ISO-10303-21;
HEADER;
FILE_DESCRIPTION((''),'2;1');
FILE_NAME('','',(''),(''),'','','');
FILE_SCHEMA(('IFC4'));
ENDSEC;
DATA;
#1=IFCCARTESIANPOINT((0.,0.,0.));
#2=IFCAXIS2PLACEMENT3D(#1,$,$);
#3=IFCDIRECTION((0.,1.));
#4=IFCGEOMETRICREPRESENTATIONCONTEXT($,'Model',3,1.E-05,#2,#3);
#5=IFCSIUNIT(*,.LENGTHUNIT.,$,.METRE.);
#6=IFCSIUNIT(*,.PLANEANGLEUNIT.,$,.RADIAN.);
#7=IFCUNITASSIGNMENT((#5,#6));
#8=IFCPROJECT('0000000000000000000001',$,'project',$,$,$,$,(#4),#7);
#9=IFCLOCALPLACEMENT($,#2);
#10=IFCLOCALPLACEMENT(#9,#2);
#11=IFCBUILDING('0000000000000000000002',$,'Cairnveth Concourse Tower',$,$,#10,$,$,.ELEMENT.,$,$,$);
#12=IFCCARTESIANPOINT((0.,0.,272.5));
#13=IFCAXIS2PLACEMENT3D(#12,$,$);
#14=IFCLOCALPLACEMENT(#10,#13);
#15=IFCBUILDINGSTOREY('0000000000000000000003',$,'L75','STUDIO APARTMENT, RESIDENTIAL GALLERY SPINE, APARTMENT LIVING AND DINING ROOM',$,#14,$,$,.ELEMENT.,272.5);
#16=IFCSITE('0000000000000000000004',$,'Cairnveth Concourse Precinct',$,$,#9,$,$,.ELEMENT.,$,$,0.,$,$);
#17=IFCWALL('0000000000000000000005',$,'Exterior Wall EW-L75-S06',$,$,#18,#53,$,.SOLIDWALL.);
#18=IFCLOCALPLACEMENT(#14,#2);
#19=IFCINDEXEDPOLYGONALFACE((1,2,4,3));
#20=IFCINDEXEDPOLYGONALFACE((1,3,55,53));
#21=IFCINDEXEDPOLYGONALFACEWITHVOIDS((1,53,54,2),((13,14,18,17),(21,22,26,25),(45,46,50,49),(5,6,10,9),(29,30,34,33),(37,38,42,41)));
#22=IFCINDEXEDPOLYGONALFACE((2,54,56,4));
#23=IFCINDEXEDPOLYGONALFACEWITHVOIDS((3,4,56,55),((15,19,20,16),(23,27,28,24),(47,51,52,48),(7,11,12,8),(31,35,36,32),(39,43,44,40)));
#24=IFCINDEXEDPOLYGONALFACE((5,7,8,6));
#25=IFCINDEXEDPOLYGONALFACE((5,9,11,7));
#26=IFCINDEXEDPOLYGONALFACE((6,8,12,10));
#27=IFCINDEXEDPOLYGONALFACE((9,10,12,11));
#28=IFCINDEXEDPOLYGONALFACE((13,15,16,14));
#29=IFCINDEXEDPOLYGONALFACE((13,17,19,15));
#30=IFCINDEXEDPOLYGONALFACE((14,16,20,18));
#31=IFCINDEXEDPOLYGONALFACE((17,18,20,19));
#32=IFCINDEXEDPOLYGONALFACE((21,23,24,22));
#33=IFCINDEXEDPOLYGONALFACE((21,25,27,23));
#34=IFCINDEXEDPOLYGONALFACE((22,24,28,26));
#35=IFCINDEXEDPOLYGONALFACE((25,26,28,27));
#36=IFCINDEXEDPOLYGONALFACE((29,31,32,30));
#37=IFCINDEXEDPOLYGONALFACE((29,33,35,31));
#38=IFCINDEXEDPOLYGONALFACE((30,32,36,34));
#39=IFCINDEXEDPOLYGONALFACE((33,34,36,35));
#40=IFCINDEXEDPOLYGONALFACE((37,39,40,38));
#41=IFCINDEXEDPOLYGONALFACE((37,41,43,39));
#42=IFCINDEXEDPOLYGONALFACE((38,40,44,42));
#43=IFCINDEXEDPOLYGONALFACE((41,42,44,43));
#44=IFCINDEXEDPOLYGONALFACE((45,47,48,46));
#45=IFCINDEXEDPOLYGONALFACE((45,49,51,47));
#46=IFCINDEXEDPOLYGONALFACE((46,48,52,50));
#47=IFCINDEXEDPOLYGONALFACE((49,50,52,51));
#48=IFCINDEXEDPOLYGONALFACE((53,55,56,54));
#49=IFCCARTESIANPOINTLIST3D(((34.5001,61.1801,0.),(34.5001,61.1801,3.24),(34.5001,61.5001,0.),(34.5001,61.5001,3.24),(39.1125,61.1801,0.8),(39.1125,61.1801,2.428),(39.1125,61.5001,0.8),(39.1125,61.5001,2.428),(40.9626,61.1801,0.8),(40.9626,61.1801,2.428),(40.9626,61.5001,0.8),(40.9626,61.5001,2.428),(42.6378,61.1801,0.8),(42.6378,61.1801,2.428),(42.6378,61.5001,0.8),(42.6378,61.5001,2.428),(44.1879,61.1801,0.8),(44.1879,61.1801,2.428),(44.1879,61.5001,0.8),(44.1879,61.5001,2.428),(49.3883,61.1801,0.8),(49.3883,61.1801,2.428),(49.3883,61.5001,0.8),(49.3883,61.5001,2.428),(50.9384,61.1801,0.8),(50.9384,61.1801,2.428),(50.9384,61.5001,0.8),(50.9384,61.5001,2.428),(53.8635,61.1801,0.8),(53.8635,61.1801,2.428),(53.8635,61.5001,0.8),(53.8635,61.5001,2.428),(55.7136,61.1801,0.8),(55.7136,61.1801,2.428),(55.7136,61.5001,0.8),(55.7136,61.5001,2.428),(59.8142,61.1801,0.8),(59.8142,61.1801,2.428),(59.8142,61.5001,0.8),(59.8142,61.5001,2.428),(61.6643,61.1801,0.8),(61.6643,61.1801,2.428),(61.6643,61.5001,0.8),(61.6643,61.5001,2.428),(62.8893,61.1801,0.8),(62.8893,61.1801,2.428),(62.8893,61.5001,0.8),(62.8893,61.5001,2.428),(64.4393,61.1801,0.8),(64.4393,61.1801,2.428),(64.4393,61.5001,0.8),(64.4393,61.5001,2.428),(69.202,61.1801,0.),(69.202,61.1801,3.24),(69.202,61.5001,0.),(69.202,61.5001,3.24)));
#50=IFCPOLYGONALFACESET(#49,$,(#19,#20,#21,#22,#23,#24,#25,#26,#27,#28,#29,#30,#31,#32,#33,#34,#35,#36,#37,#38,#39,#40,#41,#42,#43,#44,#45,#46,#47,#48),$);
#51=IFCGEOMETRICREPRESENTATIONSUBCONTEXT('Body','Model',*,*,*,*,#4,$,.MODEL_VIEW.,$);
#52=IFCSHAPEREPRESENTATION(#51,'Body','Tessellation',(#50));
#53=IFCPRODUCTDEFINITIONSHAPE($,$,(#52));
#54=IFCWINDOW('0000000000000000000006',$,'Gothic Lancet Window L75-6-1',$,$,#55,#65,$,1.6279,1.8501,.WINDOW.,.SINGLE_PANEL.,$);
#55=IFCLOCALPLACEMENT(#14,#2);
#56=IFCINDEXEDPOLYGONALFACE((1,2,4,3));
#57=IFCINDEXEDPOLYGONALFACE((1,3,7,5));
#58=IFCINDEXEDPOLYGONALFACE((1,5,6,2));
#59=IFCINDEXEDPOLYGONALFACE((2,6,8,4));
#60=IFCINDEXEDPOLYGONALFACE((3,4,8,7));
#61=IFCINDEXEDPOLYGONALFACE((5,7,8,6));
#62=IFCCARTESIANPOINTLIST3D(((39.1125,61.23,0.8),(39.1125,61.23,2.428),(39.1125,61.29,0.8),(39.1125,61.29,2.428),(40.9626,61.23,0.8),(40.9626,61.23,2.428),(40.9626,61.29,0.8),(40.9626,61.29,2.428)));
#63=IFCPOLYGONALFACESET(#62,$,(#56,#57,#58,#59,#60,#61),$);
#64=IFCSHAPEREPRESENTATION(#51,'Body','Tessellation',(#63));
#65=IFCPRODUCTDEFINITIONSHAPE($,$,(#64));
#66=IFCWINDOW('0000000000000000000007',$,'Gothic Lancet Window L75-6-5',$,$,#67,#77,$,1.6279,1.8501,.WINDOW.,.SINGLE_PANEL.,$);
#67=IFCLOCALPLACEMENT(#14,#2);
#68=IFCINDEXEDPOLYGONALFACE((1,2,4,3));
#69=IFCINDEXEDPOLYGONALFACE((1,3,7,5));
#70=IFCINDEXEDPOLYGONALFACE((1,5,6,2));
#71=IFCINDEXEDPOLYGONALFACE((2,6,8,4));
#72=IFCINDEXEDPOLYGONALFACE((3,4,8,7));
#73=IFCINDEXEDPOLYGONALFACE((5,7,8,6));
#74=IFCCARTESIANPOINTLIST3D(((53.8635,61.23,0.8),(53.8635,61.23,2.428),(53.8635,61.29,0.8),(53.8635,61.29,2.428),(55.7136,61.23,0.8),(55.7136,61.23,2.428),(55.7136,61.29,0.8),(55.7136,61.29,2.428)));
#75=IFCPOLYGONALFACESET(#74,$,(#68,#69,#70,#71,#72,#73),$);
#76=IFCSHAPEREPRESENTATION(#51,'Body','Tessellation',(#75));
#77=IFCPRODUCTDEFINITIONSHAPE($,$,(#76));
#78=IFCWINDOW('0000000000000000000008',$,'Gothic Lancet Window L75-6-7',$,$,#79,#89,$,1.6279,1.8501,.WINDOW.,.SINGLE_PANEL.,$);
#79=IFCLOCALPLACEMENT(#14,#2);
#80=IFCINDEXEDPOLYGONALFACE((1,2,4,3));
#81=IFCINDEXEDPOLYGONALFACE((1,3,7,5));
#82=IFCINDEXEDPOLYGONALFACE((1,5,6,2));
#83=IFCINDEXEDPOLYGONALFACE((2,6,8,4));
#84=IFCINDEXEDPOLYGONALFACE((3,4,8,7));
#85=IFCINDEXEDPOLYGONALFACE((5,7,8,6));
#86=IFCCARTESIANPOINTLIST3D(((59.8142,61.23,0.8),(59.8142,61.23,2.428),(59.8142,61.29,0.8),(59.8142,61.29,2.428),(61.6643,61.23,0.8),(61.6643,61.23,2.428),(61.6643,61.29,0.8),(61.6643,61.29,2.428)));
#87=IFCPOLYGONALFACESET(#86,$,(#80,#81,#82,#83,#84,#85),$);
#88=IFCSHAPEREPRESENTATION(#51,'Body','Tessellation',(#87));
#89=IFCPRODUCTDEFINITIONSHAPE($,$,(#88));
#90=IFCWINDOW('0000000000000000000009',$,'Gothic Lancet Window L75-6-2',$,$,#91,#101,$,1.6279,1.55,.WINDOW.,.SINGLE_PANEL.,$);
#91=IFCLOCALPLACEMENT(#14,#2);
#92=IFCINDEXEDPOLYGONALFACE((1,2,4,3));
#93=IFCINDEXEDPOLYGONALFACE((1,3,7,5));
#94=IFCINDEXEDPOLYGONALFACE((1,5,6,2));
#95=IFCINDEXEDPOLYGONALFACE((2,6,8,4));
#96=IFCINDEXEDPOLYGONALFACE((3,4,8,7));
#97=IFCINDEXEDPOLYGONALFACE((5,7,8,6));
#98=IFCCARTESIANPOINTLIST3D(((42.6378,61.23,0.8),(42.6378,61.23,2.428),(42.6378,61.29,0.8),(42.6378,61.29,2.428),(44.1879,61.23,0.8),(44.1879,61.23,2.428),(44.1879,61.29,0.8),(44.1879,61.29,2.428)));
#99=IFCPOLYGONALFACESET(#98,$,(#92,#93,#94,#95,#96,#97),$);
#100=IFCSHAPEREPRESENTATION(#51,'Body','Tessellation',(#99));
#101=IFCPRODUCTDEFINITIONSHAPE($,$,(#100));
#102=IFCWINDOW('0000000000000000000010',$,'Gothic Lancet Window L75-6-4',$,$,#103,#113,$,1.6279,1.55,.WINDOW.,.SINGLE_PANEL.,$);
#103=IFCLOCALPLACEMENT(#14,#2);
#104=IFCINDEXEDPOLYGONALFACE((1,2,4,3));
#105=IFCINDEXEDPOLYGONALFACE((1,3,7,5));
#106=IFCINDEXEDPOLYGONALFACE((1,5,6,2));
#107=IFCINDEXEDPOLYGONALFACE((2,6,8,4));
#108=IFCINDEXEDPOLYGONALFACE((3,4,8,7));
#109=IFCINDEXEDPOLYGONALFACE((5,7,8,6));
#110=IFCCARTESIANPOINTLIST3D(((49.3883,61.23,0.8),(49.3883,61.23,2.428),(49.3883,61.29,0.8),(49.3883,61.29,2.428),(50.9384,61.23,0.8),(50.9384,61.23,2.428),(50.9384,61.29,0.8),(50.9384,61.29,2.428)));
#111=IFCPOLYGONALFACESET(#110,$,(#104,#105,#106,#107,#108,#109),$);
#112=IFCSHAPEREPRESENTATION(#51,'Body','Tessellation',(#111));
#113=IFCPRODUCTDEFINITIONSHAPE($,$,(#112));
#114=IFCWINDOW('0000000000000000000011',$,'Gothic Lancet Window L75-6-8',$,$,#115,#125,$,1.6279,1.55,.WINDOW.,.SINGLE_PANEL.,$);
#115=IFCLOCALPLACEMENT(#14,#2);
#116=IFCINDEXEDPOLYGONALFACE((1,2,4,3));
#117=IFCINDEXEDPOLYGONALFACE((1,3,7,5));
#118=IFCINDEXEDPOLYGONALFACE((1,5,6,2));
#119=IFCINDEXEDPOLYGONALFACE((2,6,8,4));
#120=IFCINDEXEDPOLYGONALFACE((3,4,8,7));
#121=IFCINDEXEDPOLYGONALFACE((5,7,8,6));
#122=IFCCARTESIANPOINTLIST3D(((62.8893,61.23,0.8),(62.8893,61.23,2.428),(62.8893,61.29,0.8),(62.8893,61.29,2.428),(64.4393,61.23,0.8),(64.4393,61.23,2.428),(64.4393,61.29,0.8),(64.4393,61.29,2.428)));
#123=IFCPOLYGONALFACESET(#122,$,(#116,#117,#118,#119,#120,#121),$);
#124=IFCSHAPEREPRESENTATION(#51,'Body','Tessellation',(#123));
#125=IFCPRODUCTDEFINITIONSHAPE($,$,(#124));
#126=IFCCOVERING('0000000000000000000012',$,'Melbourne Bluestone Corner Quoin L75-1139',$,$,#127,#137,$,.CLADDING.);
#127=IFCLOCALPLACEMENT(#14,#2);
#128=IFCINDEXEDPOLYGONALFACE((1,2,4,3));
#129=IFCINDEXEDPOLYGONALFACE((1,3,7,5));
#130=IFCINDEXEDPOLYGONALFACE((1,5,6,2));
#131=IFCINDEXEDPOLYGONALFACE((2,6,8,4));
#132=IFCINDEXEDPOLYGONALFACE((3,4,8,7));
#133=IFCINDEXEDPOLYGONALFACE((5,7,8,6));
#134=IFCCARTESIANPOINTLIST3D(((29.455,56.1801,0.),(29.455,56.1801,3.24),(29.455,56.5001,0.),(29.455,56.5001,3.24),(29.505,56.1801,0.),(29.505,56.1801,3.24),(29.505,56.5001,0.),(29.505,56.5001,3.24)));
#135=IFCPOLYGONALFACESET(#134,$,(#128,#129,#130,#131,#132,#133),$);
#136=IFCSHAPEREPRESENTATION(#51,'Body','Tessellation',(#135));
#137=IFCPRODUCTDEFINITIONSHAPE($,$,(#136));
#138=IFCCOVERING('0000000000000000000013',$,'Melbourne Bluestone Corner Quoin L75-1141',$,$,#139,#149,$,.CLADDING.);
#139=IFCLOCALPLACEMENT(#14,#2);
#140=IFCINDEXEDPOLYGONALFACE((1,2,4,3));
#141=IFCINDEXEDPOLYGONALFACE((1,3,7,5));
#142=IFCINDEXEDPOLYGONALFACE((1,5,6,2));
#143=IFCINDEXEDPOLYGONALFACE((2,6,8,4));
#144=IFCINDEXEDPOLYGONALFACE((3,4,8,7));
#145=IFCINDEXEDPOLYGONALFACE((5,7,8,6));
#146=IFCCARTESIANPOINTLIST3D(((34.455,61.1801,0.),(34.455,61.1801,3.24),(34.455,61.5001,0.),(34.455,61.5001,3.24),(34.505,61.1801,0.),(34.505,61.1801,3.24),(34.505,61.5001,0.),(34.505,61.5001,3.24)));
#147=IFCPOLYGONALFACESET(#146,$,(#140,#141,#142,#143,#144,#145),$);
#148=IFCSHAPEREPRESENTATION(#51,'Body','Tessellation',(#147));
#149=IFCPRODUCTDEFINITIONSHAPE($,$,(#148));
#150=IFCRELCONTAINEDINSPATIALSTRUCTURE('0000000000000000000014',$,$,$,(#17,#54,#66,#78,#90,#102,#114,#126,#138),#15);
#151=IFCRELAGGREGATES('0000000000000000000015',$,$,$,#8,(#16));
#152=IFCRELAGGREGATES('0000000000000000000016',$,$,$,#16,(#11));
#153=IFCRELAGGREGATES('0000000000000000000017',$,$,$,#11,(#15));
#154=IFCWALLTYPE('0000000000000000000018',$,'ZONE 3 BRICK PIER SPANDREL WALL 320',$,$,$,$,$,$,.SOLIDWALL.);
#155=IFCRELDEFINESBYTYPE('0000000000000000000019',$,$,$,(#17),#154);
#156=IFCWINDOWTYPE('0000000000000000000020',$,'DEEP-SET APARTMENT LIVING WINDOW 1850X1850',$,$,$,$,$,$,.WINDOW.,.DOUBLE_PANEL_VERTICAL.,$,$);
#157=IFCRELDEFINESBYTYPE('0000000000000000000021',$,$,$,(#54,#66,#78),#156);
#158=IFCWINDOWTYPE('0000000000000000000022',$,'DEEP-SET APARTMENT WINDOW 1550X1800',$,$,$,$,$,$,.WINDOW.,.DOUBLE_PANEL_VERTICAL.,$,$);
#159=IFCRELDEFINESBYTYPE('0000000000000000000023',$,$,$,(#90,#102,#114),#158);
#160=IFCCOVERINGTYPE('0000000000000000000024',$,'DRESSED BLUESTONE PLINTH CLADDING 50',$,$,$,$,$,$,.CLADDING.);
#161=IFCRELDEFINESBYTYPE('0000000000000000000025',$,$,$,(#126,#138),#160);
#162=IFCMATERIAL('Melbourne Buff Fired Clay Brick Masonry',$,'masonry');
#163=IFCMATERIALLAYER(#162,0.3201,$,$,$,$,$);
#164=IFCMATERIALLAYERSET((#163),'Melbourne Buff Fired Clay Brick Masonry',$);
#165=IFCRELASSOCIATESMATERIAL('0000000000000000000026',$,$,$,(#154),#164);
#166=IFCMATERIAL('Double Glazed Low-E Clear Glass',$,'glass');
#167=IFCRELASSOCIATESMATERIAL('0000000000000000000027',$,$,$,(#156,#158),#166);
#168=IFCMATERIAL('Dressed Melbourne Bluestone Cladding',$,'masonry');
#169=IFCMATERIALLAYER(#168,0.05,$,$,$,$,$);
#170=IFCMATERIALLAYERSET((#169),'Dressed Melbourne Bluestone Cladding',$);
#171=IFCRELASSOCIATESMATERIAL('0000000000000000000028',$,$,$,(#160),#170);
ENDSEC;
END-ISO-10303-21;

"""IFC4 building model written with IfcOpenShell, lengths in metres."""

from ifc_helpers import new_model, si_unit, direction, frame, frame_2d, origin, place, context, subcontext, project, spatial, rectangle, extrude, material, layer, layer_set, type_object, element, fill, save


model = new_model("IFC4")

# Units and contexts
model_context = context("Model", 3, precision=1e-05, world=origin(), true_north=direction((0.0, 1.0)))
body_context = subcontext(model_context, "Body", "Model", "MODEL_VIEW")
ifc_project = project(units=[si_unit("LENGTHUNIT", "METRE"), si_unit("PLANEANGLEUNIT", "RADIAN")], contexts=[model_context])

# Site, building, storey
site_placement = place(None, origin())
site = spatial("IfcSite", under=ifc_project, at=site_placement, Name="Cairnveth Concourse Precinct", CompositionType="ELEMENT", RefElevation=0.0)
building_placement = place(site_placement, origin())
building = spatial("IfcBuilding", under=site, at=building_placement, Name="Cairnveth Concourse Tower", CompositionType="ELEMENT")
storey_placement = place(building_placement, frame((0.0, 0.0, 272.5)))
storey = spatial("IfcBuildingStorey", under=building, at=storey_placement, Name="L75", Description="STUDIO APARTMENT, RESIDENTIAL GALLERY SPINE, APARTMENT LIVING AND DINING ROOM", CompositionType="ELEMENT", Elevation=272.5)

# Shared definitions
ifc_material_1 = material(Name="Melbourne Buff Fired Clay Brick Masonry", Category="masonry")
ifc_layer_1 = layer(ifc_material_1, 0.3201)
ifc_layer_set_1 = layer_set([ifc_layer_1], Name="Melbourne Buff Fired Clay Brick Masonry")
wall_type_1 = type_object("IfcWallType", Name="ZONE 3 BRICK PIER SPANDREL WALL 320", PredefinedType="SOLIDWALL", material=ifc_layer_set_1)

# Wall, openings, windows
wall_1_placement = place(storey_placement, frame((34.5, 61.3401, 0.0), z_axis=(0.0, 0.0, 1.0), x_axis=(1.0, 0.0, 0.0)))
wall_1 = element("IfcWall", 1, at=wall_1_placement, inside=storey, type_object=wall_type_1, Name="Exterior Wall EW-L75-S06", PredefinedType="SOLIDWALL", context=body_context, shape_type="SweptSolid", body=[
    extrude(rectangle(XDim=34.7019, YDim=0.3201, at=frame_2d((17.3511, 0.0))), origin(), (0.0, 0.0, 1.0), 3.24),
])
opening_1_placement = place(wall_1_placement, frame((4.6125, 0.0, 0.8)))
opening_1 = element("IfcOpeningElement", 2, at=opening_1_placement, cuts=wall_1, PredefinedType="OPENING", context=body_context, shape_type="SweptSolid", body=[
    extrude(rectangle(XDim=1.8501, YDim=1.6279, at=frame_2d((0.925, 0.814))), frame((0.0, 0.1699, 0.0), z_axis=(0.0, -1.0, 0.0), x_axis=(1.0, 0.0, 0.0)), (0.0, 0.0, 1.0), 0.3401),
])
opening_2_placement = place(wall_1_placement, frame((8.1379, 0.0, 0.8)))
opening_2 = element("IfcOpeningElement", 3, at=opening_2_placement, cuts=wall_1, PredefinedType="OPENING", context=body_context, shape_type="SweptSolid", body=[
    extrude(rectangle(XDim=1.55, YDim=1.6279, at=frame_2d((0.7749, 0.814))), frame((0.0, 0.1699, 0.0), z_axis=(0.0, -1.0, 0.0), x_axis=(1.0, 0.0, 0.0)), (0.0, 0.0, 1.0), 0.3401),
])
opening_3_placement = place(wall_1_placement, frame((14.8884, 0.0, 0.8)))
opening_3 = element("IfcOpeningElement", 4, at=opening_3_placement, cuts=wall_1, PredefinedType="OPENING", context=body_context, shape_type="SweptSolid", body=[
    extrude(rectangle(XDim=1.55, YDim=1.6279, at=frame_2d((0.7749, 0.814))), frame((0.0, 0.1699, 0.0), z_axis=(0.0, -1.0, 0.0), x_axis=(1.0, 0.0, 0.0)), (0.0, 0.0, 1.0), 0.3401),
])
opening_4_placement = place(wall_1_placement, frame((19.3635, 0.0, 0.8)))
opening_4 = element("IfcOpeningElement", 5, at=opening_4_placement, cuts=wall_1, PredefinedType="OPENING", context=body_context, shape_type="SweptSolid", body=[
    extrude(rectangle(XDim=1.8501, YDim=1.6279, at=frame_2d((0.925, 0.814))), frame((0.0, 0.1699, 0.0), z_axis=(0.0, -1.0, 0.0), x_axis=(1.0, 0.0, 0.0)), (0.0, 0.0, 1.0), 0.3401),
])
opening_5_placement = place(wall_1_placement, frame((25.3142, 0.0, 0.8)))
opening_5 = element("IfcOpeningElement", 6, at=opening_5_placement, cuts=wall_1, PredefinedType="OPENING", context=body_context, shape_type="SweptSolid", body=[
    extrude(rectangle(XDim=1.8501, YDim=1.6279, at=frame_2d((0.925, 0.814))), frame((0.0, 0.1699, 0.0), z_axis=(0.0, -1.0, 0.0), x_axis=(1.0, 0.0, 0.0)), (0.0, 0.0, 1.0), 0.3401),
])
opening_6_placement = place(wall_1_placement, frame((28.3894, 0.0, 0.8)))
opening_6 = element("IfcOpeningElement", 7, at=opening_6_placement, cuts=wall_1, PredefinedType="OPENING", context=body_context, shape_type="SweptSolid", body=[
    extrude(rectangle(XDim=1.55, YDim=1.6279, at=frame_2d((0.7749, 0.814))), frame((0.0, 0.1699, 0.0), z_axis=(0.0, -1.0, 0.0), x_axis=(1.0, 0.0, 0.0)), (0.0, 0.0, 1.0), 0.3401),
])
ifc_material_2 = material(Name="Double Glazed Low-E Clear Glass", Category="glass")
window_type_1 = type_object("IfcWindowType", Name="DEEP-SET APARTMENT LIVING WINDOW 1850X1850", PartitioningType="DOUBLE_PANEL_VERTICAL", PredefinedType="WINDOW", material=ifc_material_2)
window_1_placement = place(opening_1_placement, origin())
window_1 = element("IfcWindow", 8, at=window_1_placement, inside=storey, type_object=window_type_1, Name="Gothic Lancet Window L75-6-1", OverallHeight=1.6279, OverallWidth=1.8501, PartitioningType="SINGLE_PANEL", PredefinedType="WINDOW", context=body_context, shape_type="SweptSolid", body=[
    extrude(rectangle(XDim=1.8501, YDim=1.6279, at=frame_2d((0.925, 0.814))), frame((0.0, -0.05, 0.0), z_axis=(0.0, -1.0, 0.0), x_axis=(1.0, 0.0, 0.0)), (0.0, 0.0, 1.0), 0.0601),
])
fill(opening_1, window_1)
window_2_placement = place(opening_4_placement, origin())
window_2 = element("IfcWindow", 9, at=window_2_placement, inside=storey, type_object=window_type_1, Name="Gothic Lancet Window L75-6-5", OverallHeight=1.6279, OverallWidth=1.8501, PartitioningType="SINGLE_PANEL", PredefinedType="WINDOW", context=body_context, shape_type="SweptSolid", body=[
    extrude(rectangle(XDim=1.8501, YDim=1.6279, at=frame_2d((0.925, 0.814))), frame((0.0, -0.05, 0.0), z_axis=(0.0, -1.0, 0.0), x_axis=(1.0, 0.0, 0.0)), (0.0, 0.0, 1.0), 0.0601),
])
fill(opening_4, window_2)
window_3_placement = place(opening_5_placement, origin())
window_3 = element("IfcWindow", 10, at=window_3_placement, inside=storey, type_object=window_type_1, Name="Gothic Lancet Window L75-6-7", OverallHeight=1.6279, OverallWidth=1.8501, PartitioningType="SINGLE_PANEL", PredefinedType="WINDOW", context=body_context, shape_type="SweptSolid", body=[
    extrude(rectangle(XDim=1.8501, YDim=1.6279, at=frame_2d((0.925, 0.814))), frame((0.0, -0.05, 0.0), z_axis=(0.0, -1.0, 0.0), x_axis=(1.0, 0.0, 0.0)), (0.0, 0.0, 1.0), 0.0601),
])
fill(opening_5, window_3)
window_type_2 = type_object("IfcWindowType", Name="DEEP-SET APARTMENT WINDOW 1550X1800", PartitioningType="DOUBLE_PANEL_VERTICAL", PredefinedType="WINDOW", material=ifc_material_2)
window_4_placement = place(opening_2_placement, origin())
window_4 = element("IfcWindow", 11, at=window_4_placement, inside=storey, type_object=window_type_2, Name="Gothic Lancet Window L75-6-2", OverallHeight=1.6279, OverallWidth=1.55, PartitioningType="SINGLE_PANEL", PredefinedType="WINDOW", context=body_context, shape_type="SweptSolid", body=[
    extrude(rectangle(XDim=1.55, YDim=1.6279, at=frame_2d((0.7749, 0.814))), frame((0.0, -0.05, 0.0), z_axis=(0.0, -1.0, 0.0), x_axis=(1.0, 0.0, 0.0)), (0.0, 0.0, 1.0), 0.0601),
])
fill(opening_2, window_4)
window_5_placement = place(opening_3_placement, origin())
window_5 = element("IfcWindow", 12, at=window_5_placement, inside=storey, type_object=window_type_2, Name="Gothic Lancet Window L75-6-4", OverallHeight=1.6279, OverallWidth=1.55, PartitioningType="SINGLE_PANEL", PredefinedType="WINDOW", context=body_context, shape_type="SweptSolid", body=[
    extrude(rectangle(XDim=1.55, YDim=1.6279, at=frame_2d((0.7749, 0.814))), frame((0.0, -0.05, 0.0), z_axis=(0.0, -1.0, 0.0), x_axis=(1.0, 0.0, 0.0)), (0.0, 0.0, 1.0), 0.0601),
])
fill(opening_3, window_5)
window_6_placement = place(opening_6_placement, origin())
window_6 = element("IfcWindow", 13, at=window_6_placement, inside=storey, type_object=window_type_2, Name="Gothic Lancet Window L75-6-8", OverallHeight=1.6279, OverallWidth=1.55, PartitioningType="SINGLE_PANEL", PredefinedType="WINDOW", context=body_context, shape_type="SweptSolid", body=[
    extrude(rectangle(XDim=1.55, YDim=1.6279, at=frame_2d((0.7749, 0.814))), frame((0.0, -0.05, 0.0), z_axis=(0.0, -1.0, 0.0), x_axis=(1.0, 0.0, 0.0)), (0.0, 0.0, 1.0), 0.0601),
])
fill(opening_6, window_6)

# Coverings
ifc_material_3 = material(Name="Dressed Melbourne Bluestone Cladding", Category="masonry")
ifc_layer_2 = layer(ifc_material_3, 0.05)
ifc_layer_set_2 = layer_set([ifc_layer_2], Name="Dressed Melbourne Bluestone Cladding")
covering_type = type_object("IfcCoveringType", Name="DRESSED BLUESTONE PLINTH CLADDING 50", PredefinedType="CLADDING", material=ifc_layer_set_2)
for number, where, z_axis, x_axis, name in (
    (14, (29.48, 56.1799, 0.0), (0.0, 0.0, 1.0), (0.0, 1.0, 0.0), "Melbourne Bluestone Corner Quoin L75-1139"),
    (15, (34.48, 61.1799, 0.0), (0.0, 0.0, 1.0), (0.0, 1.0, 0.0), "Melbourne Bluestone Corner Quoin L75-1141"),
):
    element("IfcCovering", number, at=place(storey_placement, frame(where, z_axis=z_axis, x_axis=x_axis)), inside=storey, type_object=covering_type, Name=name, PredefinedType="CLADDING", context=body_context, shape_type="SweptSolid", body=[
        extrude(rectangle(XDim=0.3201, YDim=0.05, at=frame_2d((0.1602, 0.0))), origin(), (0.0, 0.0, 1.0), 3.24),
    ])

save(model, "model.ifc")
